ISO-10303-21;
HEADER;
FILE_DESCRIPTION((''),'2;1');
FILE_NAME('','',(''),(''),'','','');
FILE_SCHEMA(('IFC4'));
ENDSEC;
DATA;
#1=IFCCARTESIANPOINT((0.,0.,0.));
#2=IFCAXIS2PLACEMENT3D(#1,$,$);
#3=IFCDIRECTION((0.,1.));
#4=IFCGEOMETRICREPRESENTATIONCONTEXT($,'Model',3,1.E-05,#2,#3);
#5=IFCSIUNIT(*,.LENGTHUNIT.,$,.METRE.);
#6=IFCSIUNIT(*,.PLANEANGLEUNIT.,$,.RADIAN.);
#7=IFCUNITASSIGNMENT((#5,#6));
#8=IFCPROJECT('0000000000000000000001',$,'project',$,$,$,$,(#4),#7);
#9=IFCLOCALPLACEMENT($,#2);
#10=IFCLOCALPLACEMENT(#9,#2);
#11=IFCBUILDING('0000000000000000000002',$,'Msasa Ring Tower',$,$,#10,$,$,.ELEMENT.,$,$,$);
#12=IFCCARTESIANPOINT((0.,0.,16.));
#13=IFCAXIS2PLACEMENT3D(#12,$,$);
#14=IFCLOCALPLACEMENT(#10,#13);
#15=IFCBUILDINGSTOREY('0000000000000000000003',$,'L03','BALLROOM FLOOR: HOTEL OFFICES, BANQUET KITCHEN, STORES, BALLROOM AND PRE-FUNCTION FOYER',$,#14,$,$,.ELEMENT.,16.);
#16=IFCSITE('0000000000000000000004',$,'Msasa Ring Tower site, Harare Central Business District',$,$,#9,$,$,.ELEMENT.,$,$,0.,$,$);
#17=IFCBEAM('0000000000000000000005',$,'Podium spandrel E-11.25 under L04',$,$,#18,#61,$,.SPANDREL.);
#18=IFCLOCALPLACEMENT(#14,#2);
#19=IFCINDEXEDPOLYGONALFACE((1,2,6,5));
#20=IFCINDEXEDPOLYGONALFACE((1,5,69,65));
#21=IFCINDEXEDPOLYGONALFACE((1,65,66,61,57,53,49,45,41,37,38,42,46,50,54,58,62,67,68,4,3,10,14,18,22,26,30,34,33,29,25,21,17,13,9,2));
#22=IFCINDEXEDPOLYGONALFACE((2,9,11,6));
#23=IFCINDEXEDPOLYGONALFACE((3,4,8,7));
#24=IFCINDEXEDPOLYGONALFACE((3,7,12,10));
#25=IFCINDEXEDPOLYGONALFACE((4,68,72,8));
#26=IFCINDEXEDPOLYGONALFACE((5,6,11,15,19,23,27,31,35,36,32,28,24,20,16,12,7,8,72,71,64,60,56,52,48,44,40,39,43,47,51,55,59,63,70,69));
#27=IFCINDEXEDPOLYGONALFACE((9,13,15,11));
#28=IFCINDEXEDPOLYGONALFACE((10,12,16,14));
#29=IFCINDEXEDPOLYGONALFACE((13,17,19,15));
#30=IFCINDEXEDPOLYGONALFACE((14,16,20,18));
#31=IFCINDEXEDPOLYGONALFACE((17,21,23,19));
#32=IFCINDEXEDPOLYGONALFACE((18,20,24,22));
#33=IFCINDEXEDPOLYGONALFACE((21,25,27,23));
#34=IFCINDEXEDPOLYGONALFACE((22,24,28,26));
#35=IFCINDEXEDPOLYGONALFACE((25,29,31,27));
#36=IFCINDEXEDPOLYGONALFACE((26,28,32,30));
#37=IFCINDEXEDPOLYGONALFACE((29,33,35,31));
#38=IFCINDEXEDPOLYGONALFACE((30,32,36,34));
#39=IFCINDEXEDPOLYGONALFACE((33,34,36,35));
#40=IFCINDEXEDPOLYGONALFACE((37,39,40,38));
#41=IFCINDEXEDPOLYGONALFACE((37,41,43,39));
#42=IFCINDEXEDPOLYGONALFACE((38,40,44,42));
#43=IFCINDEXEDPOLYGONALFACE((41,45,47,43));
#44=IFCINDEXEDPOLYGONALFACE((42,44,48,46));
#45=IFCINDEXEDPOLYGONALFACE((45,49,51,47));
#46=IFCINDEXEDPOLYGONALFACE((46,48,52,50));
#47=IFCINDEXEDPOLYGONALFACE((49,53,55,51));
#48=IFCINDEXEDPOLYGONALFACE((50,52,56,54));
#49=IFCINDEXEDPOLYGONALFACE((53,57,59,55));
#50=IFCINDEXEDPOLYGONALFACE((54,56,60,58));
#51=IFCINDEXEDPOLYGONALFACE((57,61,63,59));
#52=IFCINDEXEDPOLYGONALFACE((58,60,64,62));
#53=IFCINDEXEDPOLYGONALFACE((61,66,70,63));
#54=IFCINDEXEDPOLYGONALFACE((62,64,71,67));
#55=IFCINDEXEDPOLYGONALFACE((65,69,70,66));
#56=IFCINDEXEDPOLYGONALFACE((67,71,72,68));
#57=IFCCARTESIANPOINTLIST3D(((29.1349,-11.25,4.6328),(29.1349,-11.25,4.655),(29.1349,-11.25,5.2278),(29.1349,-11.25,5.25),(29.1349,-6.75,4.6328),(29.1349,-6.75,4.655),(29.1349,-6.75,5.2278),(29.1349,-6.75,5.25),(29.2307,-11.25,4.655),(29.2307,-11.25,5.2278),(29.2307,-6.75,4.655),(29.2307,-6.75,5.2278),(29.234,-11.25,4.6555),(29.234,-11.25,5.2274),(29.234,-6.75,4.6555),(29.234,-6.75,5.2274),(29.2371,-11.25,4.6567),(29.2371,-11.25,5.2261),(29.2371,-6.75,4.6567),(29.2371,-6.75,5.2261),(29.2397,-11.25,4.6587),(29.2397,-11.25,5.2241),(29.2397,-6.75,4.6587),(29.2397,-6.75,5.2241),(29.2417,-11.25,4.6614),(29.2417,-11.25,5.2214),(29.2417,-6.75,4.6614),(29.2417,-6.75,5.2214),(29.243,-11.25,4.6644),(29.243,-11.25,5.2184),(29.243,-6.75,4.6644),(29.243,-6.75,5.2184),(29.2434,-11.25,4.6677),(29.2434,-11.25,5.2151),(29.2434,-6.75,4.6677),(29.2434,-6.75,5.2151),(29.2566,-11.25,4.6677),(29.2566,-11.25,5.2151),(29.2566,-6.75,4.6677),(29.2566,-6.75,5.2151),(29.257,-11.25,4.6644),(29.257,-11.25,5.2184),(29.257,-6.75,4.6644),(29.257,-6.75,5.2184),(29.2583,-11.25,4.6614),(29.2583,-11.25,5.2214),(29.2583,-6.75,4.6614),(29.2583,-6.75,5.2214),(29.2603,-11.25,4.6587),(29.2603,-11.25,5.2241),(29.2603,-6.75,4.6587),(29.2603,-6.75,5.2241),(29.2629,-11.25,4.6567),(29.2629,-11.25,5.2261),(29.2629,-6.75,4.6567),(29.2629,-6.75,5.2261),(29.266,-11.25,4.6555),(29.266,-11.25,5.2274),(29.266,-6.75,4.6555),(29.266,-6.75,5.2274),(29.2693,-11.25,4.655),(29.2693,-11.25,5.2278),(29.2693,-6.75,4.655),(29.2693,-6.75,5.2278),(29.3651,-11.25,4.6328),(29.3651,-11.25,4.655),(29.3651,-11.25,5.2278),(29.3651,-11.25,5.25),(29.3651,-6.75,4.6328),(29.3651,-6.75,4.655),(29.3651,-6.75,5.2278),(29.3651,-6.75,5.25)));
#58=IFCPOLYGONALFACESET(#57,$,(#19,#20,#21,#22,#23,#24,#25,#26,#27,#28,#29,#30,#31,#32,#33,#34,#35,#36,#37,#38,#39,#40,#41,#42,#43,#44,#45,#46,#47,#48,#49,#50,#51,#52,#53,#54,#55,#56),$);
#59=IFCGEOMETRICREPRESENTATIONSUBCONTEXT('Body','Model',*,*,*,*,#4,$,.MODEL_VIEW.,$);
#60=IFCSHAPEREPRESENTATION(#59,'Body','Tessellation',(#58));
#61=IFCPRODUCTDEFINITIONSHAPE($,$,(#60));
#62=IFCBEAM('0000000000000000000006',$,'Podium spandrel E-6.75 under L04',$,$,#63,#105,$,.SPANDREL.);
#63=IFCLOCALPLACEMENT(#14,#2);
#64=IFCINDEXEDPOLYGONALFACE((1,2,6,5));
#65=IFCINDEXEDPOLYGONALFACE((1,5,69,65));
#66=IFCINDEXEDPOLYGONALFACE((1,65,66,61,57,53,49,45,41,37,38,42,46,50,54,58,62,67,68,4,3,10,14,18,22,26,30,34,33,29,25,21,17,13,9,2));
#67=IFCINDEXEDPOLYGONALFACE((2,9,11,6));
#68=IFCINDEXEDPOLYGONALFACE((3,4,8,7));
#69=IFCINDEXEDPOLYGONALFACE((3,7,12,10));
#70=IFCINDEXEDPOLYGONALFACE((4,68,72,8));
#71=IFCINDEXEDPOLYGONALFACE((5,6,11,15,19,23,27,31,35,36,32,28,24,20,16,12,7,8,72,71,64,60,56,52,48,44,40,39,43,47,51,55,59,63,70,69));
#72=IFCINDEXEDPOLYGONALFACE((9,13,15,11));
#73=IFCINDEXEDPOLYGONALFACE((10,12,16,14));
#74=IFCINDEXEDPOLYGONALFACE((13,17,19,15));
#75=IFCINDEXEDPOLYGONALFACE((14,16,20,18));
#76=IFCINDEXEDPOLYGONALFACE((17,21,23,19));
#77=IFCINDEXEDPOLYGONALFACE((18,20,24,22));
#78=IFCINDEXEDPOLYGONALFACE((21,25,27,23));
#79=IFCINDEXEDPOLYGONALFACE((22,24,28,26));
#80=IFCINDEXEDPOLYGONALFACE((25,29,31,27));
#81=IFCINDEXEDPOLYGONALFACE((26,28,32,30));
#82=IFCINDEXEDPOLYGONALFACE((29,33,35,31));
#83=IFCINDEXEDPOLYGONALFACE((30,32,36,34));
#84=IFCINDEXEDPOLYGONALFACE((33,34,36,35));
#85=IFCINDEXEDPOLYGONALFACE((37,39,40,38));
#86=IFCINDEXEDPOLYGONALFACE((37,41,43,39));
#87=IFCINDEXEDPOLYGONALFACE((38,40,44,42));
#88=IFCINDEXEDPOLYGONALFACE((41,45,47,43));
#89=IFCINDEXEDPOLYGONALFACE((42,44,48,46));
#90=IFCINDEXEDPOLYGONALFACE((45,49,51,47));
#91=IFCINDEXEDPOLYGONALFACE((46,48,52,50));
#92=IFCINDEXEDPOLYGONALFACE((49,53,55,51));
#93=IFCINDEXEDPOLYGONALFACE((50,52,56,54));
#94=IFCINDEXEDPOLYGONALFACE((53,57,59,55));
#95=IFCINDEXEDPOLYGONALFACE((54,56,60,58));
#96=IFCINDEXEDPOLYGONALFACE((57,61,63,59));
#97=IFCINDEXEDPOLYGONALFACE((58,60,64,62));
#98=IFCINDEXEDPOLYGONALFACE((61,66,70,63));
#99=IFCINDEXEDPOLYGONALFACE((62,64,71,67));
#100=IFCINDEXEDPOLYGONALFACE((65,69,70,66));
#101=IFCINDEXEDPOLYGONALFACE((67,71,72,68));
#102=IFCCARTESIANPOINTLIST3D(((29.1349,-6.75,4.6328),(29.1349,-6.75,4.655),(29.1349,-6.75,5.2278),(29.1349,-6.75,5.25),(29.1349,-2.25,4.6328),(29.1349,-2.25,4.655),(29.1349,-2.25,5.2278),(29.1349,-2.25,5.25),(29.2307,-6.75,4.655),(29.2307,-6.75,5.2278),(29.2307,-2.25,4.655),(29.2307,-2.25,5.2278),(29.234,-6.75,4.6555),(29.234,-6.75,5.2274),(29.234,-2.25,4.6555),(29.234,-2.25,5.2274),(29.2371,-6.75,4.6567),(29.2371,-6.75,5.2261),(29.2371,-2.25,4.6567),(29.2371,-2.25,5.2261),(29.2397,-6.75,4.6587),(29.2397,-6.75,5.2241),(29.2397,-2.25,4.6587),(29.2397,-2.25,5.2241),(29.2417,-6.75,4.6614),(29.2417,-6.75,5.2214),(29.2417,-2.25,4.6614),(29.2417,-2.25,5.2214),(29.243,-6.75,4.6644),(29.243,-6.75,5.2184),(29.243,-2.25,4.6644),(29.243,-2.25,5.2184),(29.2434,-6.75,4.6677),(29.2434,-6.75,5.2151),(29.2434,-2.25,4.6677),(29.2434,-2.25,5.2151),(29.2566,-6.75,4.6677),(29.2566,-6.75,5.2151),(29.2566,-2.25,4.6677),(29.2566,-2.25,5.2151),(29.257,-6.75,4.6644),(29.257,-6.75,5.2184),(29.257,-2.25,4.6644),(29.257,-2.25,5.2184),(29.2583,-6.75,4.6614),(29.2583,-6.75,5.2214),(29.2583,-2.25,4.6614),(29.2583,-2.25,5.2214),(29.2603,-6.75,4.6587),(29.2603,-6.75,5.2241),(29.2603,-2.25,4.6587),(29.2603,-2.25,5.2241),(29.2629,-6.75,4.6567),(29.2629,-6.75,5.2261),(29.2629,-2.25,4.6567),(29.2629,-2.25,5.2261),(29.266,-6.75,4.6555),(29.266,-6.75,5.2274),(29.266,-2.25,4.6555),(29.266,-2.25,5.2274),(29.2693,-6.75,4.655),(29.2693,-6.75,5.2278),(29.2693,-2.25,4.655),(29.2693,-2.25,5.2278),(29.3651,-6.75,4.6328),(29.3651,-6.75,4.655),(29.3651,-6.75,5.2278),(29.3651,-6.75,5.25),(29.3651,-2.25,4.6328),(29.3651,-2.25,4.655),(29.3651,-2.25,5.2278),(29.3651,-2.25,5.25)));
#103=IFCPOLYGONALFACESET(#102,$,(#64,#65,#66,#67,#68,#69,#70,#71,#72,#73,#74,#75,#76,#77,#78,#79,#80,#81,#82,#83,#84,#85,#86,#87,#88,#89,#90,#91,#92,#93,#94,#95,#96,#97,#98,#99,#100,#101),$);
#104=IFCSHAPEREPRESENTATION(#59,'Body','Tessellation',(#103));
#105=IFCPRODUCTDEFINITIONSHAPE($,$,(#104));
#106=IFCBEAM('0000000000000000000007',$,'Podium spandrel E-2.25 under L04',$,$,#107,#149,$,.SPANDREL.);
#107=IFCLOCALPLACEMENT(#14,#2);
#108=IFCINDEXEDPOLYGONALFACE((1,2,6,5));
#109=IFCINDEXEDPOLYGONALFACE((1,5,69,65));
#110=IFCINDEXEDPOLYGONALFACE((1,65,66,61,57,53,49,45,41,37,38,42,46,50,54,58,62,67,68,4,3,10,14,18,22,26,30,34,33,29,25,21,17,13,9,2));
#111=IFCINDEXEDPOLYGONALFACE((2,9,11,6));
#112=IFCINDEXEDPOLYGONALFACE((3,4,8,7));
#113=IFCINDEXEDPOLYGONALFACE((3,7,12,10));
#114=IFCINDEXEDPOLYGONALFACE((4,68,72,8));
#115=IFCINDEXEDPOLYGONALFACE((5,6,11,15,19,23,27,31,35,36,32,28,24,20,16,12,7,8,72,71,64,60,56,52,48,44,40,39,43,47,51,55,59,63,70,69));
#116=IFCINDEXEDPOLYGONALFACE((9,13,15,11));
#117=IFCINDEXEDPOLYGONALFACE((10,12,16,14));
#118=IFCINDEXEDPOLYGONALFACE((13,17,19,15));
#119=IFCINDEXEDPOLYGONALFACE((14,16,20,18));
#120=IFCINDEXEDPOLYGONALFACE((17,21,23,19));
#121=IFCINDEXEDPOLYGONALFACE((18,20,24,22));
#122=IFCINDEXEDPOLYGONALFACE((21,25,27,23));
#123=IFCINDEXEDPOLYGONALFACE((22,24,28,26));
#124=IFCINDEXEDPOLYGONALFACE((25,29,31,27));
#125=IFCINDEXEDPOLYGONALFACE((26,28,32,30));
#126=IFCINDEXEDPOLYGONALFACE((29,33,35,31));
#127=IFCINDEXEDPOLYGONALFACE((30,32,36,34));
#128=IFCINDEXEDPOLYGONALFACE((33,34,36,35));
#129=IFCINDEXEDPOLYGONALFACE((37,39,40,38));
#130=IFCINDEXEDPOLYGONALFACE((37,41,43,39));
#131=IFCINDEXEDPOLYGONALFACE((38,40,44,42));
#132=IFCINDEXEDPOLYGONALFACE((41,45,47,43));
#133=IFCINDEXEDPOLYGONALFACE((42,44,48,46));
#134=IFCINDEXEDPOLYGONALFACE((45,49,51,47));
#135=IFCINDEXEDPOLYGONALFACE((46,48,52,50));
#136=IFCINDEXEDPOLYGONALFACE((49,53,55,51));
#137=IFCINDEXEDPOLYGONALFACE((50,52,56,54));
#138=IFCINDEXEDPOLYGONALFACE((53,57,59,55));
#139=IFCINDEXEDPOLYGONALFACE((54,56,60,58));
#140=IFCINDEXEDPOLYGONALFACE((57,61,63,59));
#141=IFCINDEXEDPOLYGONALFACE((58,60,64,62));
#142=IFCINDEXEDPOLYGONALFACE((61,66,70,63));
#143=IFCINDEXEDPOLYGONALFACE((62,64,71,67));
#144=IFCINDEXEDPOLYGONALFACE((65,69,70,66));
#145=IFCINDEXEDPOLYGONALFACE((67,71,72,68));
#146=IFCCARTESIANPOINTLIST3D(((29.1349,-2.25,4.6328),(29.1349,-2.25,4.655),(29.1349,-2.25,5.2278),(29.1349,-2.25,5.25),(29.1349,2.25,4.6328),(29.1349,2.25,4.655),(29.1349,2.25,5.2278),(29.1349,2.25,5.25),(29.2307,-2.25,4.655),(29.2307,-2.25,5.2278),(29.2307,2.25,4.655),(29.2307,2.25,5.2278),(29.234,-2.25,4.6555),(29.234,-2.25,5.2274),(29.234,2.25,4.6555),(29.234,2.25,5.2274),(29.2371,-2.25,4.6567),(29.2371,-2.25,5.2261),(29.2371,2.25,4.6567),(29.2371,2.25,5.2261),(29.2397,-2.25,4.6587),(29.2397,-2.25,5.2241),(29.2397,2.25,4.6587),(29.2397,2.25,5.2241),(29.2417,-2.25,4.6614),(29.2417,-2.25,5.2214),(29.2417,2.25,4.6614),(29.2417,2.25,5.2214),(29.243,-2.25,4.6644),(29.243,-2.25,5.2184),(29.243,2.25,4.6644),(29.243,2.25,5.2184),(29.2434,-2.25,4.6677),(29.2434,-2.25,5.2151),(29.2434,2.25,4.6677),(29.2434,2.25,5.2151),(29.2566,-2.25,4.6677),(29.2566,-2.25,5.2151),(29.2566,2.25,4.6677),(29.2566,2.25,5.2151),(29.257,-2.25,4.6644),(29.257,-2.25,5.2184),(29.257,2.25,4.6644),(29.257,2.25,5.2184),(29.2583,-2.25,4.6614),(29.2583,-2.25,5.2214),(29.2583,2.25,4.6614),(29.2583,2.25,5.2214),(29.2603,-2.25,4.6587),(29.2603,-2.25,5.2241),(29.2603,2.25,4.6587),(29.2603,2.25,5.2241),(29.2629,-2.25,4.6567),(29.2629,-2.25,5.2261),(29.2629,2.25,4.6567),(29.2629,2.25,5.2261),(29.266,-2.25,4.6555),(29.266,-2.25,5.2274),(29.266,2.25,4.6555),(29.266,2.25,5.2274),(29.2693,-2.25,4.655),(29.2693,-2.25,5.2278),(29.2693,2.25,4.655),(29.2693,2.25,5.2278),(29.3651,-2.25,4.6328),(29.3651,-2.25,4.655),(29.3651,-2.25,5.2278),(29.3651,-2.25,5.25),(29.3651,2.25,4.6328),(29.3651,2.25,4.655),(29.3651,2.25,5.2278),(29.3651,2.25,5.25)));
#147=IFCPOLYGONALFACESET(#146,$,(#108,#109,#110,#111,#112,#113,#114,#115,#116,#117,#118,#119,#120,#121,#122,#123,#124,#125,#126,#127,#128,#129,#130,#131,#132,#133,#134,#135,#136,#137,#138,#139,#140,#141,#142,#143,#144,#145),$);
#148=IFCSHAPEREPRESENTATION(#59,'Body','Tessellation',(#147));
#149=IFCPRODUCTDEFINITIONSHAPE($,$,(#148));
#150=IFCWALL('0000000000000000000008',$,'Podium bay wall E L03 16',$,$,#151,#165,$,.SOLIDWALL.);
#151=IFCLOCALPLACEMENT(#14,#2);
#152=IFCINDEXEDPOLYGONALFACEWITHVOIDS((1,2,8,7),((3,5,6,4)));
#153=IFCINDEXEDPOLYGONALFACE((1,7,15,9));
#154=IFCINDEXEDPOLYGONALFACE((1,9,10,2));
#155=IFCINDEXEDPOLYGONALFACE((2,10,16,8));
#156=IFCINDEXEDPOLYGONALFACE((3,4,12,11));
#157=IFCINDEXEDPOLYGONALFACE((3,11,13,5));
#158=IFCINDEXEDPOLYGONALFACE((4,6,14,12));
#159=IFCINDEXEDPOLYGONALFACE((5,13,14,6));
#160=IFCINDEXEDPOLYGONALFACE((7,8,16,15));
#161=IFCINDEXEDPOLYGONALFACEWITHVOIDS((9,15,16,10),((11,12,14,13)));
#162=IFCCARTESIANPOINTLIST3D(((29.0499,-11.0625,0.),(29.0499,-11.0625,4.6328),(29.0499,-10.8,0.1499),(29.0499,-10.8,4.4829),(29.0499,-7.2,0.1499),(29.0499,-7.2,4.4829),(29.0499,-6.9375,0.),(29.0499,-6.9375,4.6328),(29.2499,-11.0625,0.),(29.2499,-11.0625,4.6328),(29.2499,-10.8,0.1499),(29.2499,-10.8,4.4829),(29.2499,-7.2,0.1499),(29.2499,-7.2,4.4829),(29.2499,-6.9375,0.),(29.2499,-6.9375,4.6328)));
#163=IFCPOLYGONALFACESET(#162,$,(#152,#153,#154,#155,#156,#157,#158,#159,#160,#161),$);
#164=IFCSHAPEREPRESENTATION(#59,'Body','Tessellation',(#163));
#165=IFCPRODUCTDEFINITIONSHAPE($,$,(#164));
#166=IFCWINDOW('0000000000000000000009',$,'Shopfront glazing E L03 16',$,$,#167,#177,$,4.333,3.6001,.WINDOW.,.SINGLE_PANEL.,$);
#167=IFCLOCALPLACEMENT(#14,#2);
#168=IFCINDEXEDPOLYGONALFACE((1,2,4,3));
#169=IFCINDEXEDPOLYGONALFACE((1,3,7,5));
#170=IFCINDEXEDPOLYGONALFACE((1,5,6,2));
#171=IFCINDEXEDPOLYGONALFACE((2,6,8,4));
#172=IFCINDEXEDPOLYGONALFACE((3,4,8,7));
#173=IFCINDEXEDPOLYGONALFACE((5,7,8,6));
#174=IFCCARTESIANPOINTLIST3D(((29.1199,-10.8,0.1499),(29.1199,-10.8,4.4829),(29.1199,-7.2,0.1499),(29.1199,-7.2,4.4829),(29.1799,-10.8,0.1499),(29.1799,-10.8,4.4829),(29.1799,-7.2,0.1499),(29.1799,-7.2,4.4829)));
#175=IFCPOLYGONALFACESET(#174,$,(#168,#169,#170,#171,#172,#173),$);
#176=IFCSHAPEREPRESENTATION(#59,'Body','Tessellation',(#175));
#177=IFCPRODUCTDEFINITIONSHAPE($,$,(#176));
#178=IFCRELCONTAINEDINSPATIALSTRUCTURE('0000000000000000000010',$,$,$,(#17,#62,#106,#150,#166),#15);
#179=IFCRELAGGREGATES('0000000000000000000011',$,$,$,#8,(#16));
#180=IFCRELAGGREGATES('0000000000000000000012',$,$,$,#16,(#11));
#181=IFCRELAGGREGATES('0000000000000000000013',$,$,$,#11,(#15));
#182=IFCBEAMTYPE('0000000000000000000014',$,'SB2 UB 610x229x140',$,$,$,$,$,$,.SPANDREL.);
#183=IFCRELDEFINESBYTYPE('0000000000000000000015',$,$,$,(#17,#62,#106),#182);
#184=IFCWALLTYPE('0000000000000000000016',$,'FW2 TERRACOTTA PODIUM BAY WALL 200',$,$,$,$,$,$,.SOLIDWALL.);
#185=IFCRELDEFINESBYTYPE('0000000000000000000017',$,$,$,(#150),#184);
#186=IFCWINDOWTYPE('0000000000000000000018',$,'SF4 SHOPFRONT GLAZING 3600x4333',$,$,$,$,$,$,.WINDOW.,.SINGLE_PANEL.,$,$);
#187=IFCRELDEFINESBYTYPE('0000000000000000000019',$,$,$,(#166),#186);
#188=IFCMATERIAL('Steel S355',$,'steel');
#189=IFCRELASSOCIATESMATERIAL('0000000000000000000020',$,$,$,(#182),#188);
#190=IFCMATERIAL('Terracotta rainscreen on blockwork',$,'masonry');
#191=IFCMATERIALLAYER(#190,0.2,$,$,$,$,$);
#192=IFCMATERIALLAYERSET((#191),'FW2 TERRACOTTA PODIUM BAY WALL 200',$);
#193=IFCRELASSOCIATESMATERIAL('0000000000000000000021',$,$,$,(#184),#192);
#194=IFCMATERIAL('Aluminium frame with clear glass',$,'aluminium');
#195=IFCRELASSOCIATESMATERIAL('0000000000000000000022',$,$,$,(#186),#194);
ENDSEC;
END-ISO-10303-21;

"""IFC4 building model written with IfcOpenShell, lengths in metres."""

from ifc_helpers import new_model, si_unit, direction, frame, frame_2d, origin, origin_2d, place, context, subcontext, project, spatial, rectangle, i_section, extrude, material, layer, layer_set, material_profile, profile_set, type_object, element, fill, save


model = new_model("IFC4")

# Units and contexts
model_context = context("Model", 3, precision=1e-05, world=origin(), true_north=direction((0.0, 1.0)))
body_context = subcontext(model_context, "Body", "Model", "MODEL_VIEW")
ifc_project = project(units=[si_unit("LENGTHUNIT", "METRE"), si_unit("PLANEANGLEUNIT", "RADIAN")], contexts=[model_context])

# Site, building, storey
site_placement = place(None, origin())
site = spatial("IfcSite", under=ifc_project, at=site_placement, Name="Msasa Ring Tower site, Harare Central Business District", CompositionType="ELEMENT", RefElevation=0.0)
building_placement = place(site_placement, origin())
building = spatial("IfcBuilding", under=site, at=building_placement, Name="Msasa Ring Tower", CompositionType="ELEMENT")
storey_placement = place(building_placement, frame((0.0, 0.0, 16.0)))
storey = spatial("IfcBuildingStorey", under=building, at=storey_placement, Name="L03", Description="BALLROOM FLOOR: HOTEL OFFICES, BANQUET KITCHEN, STORES, BALLROOM AND PRE-FUNCTION FOYER", CompositionType="ELEMENT", Elevation=16.0)

# Beams
ifc_material_1 = material(Name="Steel S355", Category="steel")
ifc_material_profile_1 = material_profile(ifc_material_1, i_section(OverallWidth=0.2302, OverallDepth=0.6172, WebThickness=0.0132, FlangeThickness=0.0222, FilletRadius=0.0127, at=origin_2d()), Name="UB 610x229x140")
ifc_profile_set_1 = profile_set([ifc_material_profile_1], Name="Steel S355")
beam_type_1 = type_object("IfcBeamType", Name="SB2 UB 610x229x140", PredefinedType="SPANDREL", material=ifc_profile_set_1)
for number, where, z_axis, x_axis, name in (
    (1, (29.25, -11.25, 4.9414), (0.0, 1.0, 0.0), (-1.0, 0.0, 0.0), "Podium spandrel E-11.25 under L04"),
    (2, (29.25, -6.75, 4.9414), (0.0, 1.0, 0.0), (-1.0, 0.0, 0.0), "Podium spandrel E-6.75 under L04"),
    (3, (29.25, -2.25, 4.9414), (0.0, 1.0, 0.0), (-1.0, 0.0, 0.0), "Podium spandrel E-2.25 under L04"),
):
    element("IfcBeam", number, at=place(storey_placement, frame(where, z_axis=z_axis, x_axis=x_axis)), inside=storey, type_object=beam_type_1, Name=name, PredefinedType="SPANDREL", context=body_context, shape_type="SweptSolid", body=[
        extrude(i_section(OverallWidth=0.2302, OverallDepth=0.6172, WebThickness=0.0132, FlangeThickness=0.0222, FilletRadius=0.0127, at=origin_2d()), origin(), (0.0, 0.0, 1.0), 4.5),
    ])

# Wall, opening, window
ifc_material_2 = material(Name="Terracotta rainscreen on blockwork", Category="masonry")
ifc_layer_1 = layer(ifc_material_2, 0.2)
ifc_layer_set_1 = layer_set([ifc_layer_1], Name="FW2 TERRACOTTA PODIUM BAY WALL 200")
wall_type_1 = type_object("IfcWallType", Name="FW2 TERRACOTTA PODIUM BAY WALL 200", PredefinedType="SOLIDWALL", material=ifc_layer_set_1)
wall_1_placement = place(storey_placement, frame((29.1499, -11.0625, 0.0), z_axis=(0.0, 0.0, 1.0), x_axis=(0.0, 1.0, 0.0)))
wall_1 = element("IfcWall", 4, at=wall_1_placement, inside=storey, type_object=wall_type_1, Name="Podium bay wall E L03 16", PredefinedType="SOLIDWALL", context=body_context, shape_type="SweptSolid", body=[
    extrude(rectangle(XDim=4.125, YDim=0.2, at=frame_2d((2.0625, 0.0))), origin(), (0.0, 0.0, 1.0), 4.6328),
])
opening_1_placement = place(wall_1_placement, frame((0.2625, 0.0, 0.1499)))
opening_1 = element("IfcOpeningElement", 5, at=opening_1_placement, cuts=wall_1, PredefinedType="OPENING", context=body_context, shape_type="SweptSolid", body=[
    extrude(rectangle(XDim=3.6001, YDim=4.333, at=frame_2d((1.8, 2.1665))), frame((0.0, 0.1099, 0.0), z_axis=(0.0, -1.0, 0.0), x_axis=(1.0, 0.0, 0.0)), (0.0, 0.0, 1.0), 0.22),
])
ifc_material_3 = material(Name="Aluminium frame with clear glass", Category="aluminium")
window_type = type_object("IfcWindowType", Name="SF4 SHOPFRONT GLAZING 3600x4333", PartitioningType="SINGLE_PANEL", PredefinedType="WINDOW", material=ifc_material_3)
window_1_placement = place(opening_1_placement, origin())
window_1 = element("IfcWindow", 6, at=window_1_placement, inside=storey, type_object=window_type, Name="Shopfront glazing E L03 16", OverallHeight=4.333, OverallWidth=3.6001, PartitioningType="SINGLE_PANEL", PredefinedType="WINDOW", context=body_context, shape_type="SweptSolid", body=[
    extrude(rectangle(XDim=3.6001, YDim=4.333, at=frame_2d((1.8, 2.1665))), frame((0.0, 0.03, 0.0), z_axis=(0.0, -1.0, 0.0), x_axis=(1.0, 0.0, 0.0)), (0.0, 0.0, 1.0), 0.0601),
])
fill(opening_1, window_1)

save(model, "model.ifc")
